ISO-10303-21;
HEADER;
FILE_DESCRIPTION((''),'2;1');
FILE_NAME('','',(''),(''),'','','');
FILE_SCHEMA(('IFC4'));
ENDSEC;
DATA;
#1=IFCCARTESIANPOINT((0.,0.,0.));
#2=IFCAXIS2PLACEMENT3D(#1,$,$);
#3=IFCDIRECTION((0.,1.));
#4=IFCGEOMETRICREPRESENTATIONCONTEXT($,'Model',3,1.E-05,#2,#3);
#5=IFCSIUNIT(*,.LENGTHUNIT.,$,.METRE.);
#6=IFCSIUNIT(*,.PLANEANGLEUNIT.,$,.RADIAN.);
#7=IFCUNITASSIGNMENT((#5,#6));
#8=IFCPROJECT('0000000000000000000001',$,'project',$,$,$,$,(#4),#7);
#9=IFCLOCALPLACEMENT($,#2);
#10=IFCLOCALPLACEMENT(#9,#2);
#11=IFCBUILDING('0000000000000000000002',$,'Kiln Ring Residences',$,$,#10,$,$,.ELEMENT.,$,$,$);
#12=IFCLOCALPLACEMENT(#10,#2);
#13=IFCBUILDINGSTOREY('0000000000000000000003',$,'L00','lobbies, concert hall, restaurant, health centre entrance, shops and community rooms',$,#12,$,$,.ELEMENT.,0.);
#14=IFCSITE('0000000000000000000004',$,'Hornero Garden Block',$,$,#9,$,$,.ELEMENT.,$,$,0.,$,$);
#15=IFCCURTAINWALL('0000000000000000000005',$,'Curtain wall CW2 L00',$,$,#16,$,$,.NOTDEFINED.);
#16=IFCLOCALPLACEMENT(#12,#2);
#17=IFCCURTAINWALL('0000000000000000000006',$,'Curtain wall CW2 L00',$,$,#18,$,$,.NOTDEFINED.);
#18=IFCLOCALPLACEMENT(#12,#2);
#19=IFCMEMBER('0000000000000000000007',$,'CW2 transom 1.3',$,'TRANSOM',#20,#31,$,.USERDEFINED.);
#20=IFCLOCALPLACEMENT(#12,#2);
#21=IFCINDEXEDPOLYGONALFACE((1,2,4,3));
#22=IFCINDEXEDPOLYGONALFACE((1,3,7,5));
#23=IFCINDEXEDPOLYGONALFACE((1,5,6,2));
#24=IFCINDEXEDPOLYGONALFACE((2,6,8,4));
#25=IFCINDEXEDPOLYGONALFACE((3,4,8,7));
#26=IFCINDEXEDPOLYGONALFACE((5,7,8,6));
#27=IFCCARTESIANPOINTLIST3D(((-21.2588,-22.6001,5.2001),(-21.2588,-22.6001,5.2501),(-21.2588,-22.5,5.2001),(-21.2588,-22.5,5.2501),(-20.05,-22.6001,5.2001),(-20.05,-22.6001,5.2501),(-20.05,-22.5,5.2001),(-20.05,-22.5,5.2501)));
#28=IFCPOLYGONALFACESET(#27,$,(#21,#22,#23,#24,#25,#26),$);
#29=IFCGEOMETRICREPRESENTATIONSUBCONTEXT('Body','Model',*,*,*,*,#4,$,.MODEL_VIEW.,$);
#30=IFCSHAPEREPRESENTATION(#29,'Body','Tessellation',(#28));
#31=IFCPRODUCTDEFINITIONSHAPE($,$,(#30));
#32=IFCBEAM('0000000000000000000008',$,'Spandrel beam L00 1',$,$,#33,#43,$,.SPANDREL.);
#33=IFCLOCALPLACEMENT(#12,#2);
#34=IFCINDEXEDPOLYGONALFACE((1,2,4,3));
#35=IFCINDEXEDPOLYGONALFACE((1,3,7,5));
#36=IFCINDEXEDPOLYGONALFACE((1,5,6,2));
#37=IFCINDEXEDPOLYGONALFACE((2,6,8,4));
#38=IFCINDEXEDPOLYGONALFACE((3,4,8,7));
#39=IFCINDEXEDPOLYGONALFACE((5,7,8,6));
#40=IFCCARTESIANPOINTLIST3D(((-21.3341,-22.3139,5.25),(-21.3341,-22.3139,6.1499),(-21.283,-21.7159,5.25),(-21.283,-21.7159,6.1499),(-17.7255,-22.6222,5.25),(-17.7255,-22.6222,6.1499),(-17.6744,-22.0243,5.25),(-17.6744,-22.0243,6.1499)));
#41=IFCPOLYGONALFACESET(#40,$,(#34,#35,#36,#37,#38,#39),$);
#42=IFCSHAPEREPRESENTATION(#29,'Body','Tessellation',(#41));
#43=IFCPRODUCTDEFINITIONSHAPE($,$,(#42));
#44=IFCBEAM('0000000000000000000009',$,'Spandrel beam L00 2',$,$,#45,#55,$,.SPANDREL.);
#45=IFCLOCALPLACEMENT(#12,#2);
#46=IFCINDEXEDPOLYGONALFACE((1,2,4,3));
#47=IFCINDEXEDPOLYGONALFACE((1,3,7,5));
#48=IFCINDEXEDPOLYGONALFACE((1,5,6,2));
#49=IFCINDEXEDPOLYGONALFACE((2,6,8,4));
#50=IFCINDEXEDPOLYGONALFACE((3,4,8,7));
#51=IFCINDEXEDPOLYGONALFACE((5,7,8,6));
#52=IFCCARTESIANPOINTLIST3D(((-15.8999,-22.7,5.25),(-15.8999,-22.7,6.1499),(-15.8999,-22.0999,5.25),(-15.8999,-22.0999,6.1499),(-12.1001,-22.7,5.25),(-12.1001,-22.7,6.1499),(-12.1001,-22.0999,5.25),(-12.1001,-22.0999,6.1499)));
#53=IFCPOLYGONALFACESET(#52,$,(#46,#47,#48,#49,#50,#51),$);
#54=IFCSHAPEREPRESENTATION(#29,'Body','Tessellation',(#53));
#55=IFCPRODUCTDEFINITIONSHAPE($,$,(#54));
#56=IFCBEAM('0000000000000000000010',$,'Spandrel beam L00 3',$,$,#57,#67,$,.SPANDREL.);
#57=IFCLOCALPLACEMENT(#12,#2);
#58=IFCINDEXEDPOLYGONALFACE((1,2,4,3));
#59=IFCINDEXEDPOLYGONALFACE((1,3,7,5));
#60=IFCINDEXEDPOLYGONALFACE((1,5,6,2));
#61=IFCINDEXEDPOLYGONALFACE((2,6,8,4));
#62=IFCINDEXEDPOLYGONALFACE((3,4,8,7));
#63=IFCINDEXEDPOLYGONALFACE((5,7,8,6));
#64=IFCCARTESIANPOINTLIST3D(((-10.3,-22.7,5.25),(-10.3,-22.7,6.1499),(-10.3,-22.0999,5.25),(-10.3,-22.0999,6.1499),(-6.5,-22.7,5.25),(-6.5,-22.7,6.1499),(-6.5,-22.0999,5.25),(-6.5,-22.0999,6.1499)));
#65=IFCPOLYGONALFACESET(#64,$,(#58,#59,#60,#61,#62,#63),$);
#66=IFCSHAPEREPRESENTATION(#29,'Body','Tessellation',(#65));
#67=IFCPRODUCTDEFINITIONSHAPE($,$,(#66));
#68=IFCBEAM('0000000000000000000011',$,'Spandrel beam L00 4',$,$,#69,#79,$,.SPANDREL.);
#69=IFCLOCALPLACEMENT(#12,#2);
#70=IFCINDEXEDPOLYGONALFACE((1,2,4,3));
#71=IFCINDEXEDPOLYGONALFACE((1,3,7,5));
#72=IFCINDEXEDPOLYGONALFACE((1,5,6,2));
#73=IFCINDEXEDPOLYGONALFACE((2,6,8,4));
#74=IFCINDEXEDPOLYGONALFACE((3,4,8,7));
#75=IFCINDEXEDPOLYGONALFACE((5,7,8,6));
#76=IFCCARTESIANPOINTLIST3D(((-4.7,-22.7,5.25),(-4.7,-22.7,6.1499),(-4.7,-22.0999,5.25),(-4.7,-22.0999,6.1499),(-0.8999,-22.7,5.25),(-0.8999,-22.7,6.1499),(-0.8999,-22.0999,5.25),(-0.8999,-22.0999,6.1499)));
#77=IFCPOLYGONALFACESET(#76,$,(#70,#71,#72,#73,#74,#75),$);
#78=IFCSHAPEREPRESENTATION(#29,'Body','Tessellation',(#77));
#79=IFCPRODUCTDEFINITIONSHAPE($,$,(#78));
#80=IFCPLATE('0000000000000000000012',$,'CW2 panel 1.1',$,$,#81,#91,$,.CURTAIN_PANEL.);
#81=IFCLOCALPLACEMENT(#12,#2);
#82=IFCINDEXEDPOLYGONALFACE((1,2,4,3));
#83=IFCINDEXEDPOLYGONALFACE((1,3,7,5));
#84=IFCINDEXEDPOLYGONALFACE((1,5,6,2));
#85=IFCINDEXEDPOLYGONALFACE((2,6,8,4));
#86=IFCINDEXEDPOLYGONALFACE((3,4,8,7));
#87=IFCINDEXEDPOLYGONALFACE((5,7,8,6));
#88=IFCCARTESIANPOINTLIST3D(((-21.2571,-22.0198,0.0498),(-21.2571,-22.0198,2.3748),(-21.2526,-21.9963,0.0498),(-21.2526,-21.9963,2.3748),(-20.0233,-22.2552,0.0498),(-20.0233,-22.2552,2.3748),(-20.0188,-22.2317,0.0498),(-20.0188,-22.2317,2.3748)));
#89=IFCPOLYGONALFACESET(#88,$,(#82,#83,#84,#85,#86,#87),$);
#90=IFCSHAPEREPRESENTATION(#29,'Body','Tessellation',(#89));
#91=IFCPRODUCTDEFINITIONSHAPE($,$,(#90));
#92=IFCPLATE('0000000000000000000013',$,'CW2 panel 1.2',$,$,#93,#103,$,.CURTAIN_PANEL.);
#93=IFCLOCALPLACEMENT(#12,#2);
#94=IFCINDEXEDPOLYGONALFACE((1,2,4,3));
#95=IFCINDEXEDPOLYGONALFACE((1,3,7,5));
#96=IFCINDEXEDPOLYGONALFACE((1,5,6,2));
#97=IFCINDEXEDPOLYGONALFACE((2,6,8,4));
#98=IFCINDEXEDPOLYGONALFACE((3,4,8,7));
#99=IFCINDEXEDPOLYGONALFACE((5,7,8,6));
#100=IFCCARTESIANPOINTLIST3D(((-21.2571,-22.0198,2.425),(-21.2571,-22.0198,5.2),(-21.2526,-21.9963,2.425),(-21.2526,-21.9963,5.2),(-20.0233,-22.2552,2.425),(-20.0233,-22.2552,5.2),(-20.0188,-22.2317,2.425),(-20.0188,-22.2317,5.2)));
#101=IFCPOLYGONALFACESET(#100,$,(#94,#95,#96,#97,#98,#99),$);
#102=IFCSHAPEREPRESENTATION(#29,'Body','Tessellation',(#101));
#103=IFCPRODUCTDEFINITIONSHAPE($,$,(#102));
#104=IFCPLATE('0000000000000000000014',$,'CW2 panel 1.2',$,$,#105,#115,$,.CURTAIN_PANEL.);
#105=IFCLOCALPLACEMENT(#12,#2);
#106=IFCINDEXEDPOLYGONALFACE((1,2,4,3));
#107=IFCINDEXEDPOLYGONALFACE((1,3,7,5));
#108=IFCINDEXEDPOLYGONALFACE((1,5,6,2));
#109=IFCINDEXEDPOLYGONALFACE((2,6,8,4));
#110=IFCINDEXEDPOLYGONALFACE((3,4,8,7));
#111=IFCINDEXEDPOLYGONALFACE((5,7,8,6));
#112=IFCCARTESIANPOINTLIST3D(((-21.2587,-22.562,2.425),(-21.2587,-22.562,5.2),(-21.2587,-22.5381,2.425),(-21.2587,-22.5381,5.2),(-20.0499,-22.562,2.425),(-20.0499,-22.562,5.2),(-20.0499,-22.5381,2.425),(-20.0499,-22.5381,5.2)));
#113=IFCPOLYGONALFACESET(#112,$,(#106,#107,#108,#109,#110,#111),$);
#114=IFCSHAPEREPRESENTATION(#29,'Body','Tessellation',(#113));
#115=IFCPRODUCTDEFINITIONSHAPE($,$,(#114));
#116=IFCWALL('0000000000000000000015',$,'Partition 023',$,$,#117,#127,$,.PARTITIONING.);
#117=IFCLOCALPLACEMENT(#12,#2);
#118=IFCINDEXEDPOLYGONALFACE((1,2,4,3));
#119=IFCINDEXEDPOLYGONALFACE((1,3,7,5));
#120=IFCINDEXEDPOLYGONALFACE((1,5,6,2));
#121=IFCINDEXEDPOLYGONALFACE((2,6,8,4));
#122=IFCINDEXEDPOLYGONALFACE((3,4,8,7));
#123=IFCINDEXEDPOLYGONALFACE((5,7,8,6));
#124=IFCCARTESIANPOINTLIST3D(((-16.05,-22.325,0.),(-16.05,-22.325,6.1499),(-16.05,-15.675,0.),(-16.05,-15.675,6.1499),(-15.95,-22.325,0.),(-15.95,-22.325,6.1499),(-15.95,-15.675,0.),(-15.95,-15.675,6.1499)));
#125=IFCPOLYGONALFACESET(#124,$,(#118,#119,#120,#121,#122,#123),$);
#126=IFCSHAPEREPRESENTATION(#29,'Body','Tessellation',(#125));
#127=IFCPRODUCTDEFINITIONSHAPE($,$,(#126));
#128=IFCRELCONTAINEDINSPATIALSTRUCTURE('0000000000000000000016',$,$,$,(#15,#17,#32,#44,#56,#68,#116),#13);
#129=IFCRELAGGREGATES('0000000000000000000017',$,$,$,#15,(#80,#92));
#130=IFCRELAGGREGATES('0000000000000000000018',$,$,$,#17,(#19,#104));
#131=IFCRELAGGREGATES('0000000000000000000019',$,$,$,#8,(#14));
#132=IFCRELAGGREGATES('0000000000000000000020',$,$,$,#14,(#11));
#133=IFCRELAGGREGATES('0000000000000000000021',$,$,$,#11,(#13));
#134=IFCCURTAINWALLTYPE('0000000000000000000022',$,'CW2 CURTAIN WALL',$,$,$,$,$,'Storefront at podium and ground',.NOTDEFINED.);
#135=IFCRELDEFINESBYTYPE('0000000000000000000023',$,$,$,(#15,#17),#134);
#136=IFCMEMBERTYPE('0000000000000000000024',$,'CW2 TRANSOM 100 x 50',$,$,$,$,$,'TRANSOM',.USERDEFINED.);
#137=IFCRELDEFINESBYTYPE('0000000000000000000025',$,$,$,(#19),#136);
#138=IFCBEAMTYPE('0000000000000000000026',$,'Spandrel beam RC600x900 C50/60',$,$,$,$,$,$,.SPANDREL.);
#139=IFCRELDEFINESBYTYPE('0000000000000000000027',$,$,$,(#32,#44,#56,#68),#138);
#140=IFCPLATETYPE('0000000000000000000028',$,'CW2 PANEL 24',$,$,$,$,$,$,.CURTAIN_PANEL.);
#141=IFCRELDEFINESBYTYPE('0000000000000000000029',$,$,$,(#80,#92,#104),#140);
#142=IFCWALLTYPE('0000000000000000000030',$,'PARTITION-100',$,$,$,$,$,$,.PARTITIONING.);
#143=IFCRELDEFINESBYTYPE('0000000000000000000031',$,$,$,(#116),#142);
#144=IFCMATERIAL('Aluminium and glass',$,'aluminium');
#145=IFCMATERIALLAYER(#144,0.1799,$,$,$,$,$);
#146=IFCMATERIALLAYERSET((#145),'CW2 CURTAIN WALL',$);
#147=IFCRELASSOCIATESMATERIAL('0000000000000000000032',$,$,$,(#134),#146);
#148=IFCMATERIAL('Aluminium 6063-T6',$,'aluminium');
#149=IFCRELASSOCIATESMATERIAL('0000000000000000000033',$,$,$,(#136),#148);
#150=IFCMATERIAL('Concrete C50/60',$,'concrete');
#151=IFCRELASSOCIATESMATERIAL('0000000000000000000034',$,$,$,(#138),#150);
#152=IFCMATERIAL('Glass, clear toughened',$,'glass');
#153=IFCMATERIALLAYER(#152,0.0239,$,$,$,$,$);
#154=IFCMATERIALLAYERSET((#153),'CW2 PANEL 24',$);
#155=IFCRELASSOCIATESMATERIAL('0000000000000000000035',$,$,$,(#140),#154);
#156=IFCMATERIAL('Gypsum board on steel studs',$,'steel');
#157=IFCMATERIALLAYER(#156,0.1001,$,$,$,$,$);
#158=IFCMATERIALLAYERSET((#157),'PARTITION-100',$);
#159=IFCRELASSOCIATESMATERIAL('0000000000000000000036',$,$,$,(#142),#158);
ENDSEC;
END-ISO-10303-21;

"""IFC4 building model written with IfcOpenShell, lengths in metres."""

from ifc_helpers import new_model, si_unit, direction, frame, frame_2d, origin, origin_2d, place, context, subcontext, project, spatial, rectangle, extrude, material, layer, layer_set, material_profile, profile_set, type_object, element, aggregate, save


model = new_model("IFC4")

# Units and contexts
model_context = context("Model", 3, precision=1e-05, world=origin(), true_north=direction((0.0, 1.0)))
body_context = subcontext(model_context, "Body", "Model", "MODEL_VIEW")
ifc_project = project(units=[si_unit("LENGTHUNIT", "METRE"), si_unit("PLANEANGLEUNIT", "RADIAN")], contexts=[model_context])

# Site, building, storey
site_placement = place(None, origin())
site = spatial("IfcSite", under=ifc_project, at=site_placement, Name="Hornero Garden Block", CompositionType="ELEMENT", RefElevation=0.0)
building_placement = place(site_placement, origin())
building = spatial("IfcBuilding", under=site, at=building_placement, Name="Kiln Ring Residences", CompositionType="ELEMENT")
storey_placement = place(building_placement, origin())
storey = spatial("IfcBuildingStorey", under=building, at=storey_placement, Name="L00", Description="lobbies, concert hall, restaurant, health centre entrance, shops and community rooms", CompositionType="ELEMENT", Elevation=0.0)

# Curtain wall
ifc_material_1 = material(Name="Aluminium and glass", Category="aluminium")
ifc_layer_1 = layer(ifc_material_1, 0.1799)
ifc_layer_set_1 = layer_set([ifc_layer_1], Name="CW2 CURTAIN WALL")
curtain_wall_type = type_object("IfcCurtainWallType", Name="CW2 CURTAIN WALL", ElementType="Storefront at podium and ground", PredefinedType="NOTDEFINED", material=ifc_layer_set_1)
placement = place(storey_placement, origin())
curtain_wall_1 = element("IfcCurtainWall", 1, at=placement, inside=storey, type_object=curtain_wall_type, Name="Curtain wall CW2 L00", PredefinedType="NOTDEFINED")

# Curtain wall
curtain_wall_2 = element("IfcCurtainWall", 2, at=placement, inside=storey, type_object=curtain_wall_type, Name="Curtain wall CW2 L00", PredefinedType="NOTDEFINED")

# Member
ifc_material_2 = material(Name="Aluminium 6063-T6", Category="aluminium")
ifc_material_profile_1 = material_profile(ifc_material_2, rectangle(XDim=0.1001, YDim=0.05, at=origin_2d()), Name="AL 100x50")
ifc_profile_set_1 = profile_set([ifc_material_profile_1], Name="Aluminium 6063-T6")
member_type_1 = type_object("IfcMemberType", Name="CW2 TRANSOM 100 x 50", ElementType="TRANSOM", PredefinedType="USERDEFINED", material=ifc_profile_set_1)
member_1_placement = place(storey_placement, frame((-20.05, -22.55, 5.2251), z_axis=(-1.0, 0.0, 0.0), x_axis=(0.0, -1.0, 0.0)))
member_1 = element("IfcMember", 3, at=member_1_placement, type_object=member_type_1, Name="CW2 transom 1.3", ObjectType="TRANSOM", PredefinedType="USERDEFINED", context=body_context, shape_type="SweptSolid", body=[
    extrude(rectangle(XDim=0.1001, YDim=0.05, at=origin_2d()), origin(), (0.0, 0.0, 1.0), 1.2087),
])

# Beams
ifc_material_3 = material(Name="Concrete C50/60", Category="concrete")
ifc_material_profile_2 = material_profile(ifc_material_3, rectangle(XDim=0.6001, YDim=0.8999, at=origin_2d()), Name="RC600x900")
ifc_profile_set_2 = profile_set([ifc_material_profile_2], Name="Concrete C50/60")
beam_type = type_object("IfcBeamType", Name="Spandrel beam RC600x900 C50/60", PredefinedType="SPANDREL", material=ifc_profile_set_2)
beam_1_placement = place(storey_placement, frame((-21.3086, -22.0149, 5.7), z_axis=(0.996369, -0.085137, 0.0), x_axis=(0.085137, 0.996369, 0.0)))
element("IfcBeam", 4, at=beam_1_placement, inside=storey, type_object=beam_type, Name="Spandrel beam L00 1", PredefinedType="SPANDREL", context=body_context, shape_type="SweptSolid", body=[
    extrude(rectangle(XDim=0.6001, YDim=0.8999, at=origin_2d()), origin(), (0.0, 0.0, 1.0), 3.6218),
])
beam_2_placement = place(storey_placement, frame((-15.8999, -22.3999, 5.7), z_axis=(1.0, 0.0, 0.0), x_axis=(0.0, 1.0, 0.0)))
element("IfcBeam", 5, at=beam_2_placement, inside=storey, type_object=beam_type, Name="Spandrel beam L00 2", PredefinedType="SPANDREL", context=body_context, shape_type="SweptSolid", body=[
    extrude(rectangle(XDim=0.6001, YDim=0.8999, at=origin_2d()), origin(), (0.0, 0.0, 1.0), 3.7998),
])
for number, where, z_axis, x_axis, name in (
    (6, (-10.3, -22.3999, 5.7), (1.0, 0.0, 0.0), (0.0, 1.0, 0.0), "Spandrel beam L00 3"),
    (7, (-4.7, -22.3999, 5.7), (1.0, 0.0, 0.0), (0.0, 1.0, 0.0), "Spandrel beam L00 4"),
):
    element("IfcBeam", number, at=place(storey_placement, frame(where, z_axis=z_axis, x_axis=x_axis)), inside=storey, type_object=beam_type, Name=name, PredefinedType="SPANDREL", context=body_context, shape_type="SweptSolid", body=[
        extrude(rectangle(XDim=0.6001, YDim=0.8999, at=origin_2d()), origin(), (0.0, 0.0, 1.0), 3.8),
    ])

# Plates
ifc_material_4 = material(Name="Glass, clear toughened", Category="glass")
ifc_layer_2 = layer(ifc_material_4, 0.0239)
ifc_layer_set_2 = layer_set([ifc_layer_2], Name="CW2 PANEL 24")
plate_type = type_object("IfcPlateType", Name="CW2 PANEL 24", PredefinedType="CURTAIN_PANEL", material=ifc_layer_set_2)
plate_1_placement = place(storey_placement, frame((-20.6379, -22.1257, 0.0498), z_axis=(0.0, 0.0, 1.0), x_axis=(0.98229, -0.187366, 0.0)))
plate_1 = element("IfcPlate", 8, at=plate_1_placement, type_object=plate_type, Name="CW2 panel 1.1", PredefinedType="CURTAIN_PANEL", context=body_context, shape_type="SweptSolid", body=[
    extrude(rectangle(XDim=1.2561, YDim=0.0239, at=origin_2d()), origin(), (0.0, 0.0, 1.0), 2.325),
])
plate_2_placement = place(storey_placement, frame((-20.6379, -22.1257, 2.425), z_axis=(0.0, 0.0, 1.0), x_axis=(0.98229, -0.187366, 0.0)))
plate_2 = element("IfcPlate", 9, at=plate_2_placement, type_object=plate_type, Name="CW2 panel 1.2", PredefinedType="CURTAIN_PANEL", context=body_context, shape_type="SweptSolid", body=[
    extrude(rectangle(XDim=1.2561, YDim=0.0239, at=origin_2d()), origin(), (0.0, 0.0, 1.0), 2.7749),
])
aggregate(curtain_wall_1, [plate_1, plate_2])
plate_3_placement = place(storey_placement, frame((-20.6543, -22.55, 2.425), z_axis=(0.0, 0.0, 1.0), x_axis=(-1.0, 0.0, 0.0)))
plate_3 = element("IfcPlate", 10, at=plate_3_placement, type_object=plate_type, Name="CW2 panel 1.2", PredefinedType="CURTAIN_PANEL", context=body_context, shape_type="SweptSolid", body=[
    extrude(rectangle(XDim=1.2087, YDim=0.0239, at=origin_2d()), origin(), (0.0, 0.0, 1.0), 2.7749),
])
aggregate(curtain_wall_2, [member_1, plate_3])

# Wall
ifc_material_5 = material(Name="Gypsum board on steel studs", Category="steel")
ifc_layer_3 = layer(ifc_material_5, 0.1001)
ifc_layer_set_3 = layer_set([ifc_layer_3], Name="PARTITION-100")
wall_type_1 = type_object("IfcWallType", Name="PARTITION-100", PredefinedType="PARTITIONING", material=ifc_layer_set_3)
wall_1_placement = place(storey_placement, frame((-16.0, -22.325, 0.0), z_axis=(0.0, 0.0, 1.0), x_axis=(0.0, 1.0, 0.0)))
element("IfcWall", 11, at=wall_1_placement, inside=storey, type_object=wall_type_1, Name="Partition 023", PredefinedType="PARTITIONING", context=body_context, shape_type="SweptSolid", body=[
    extrude(rectangle(XDim=6.6499, YDim=0.1001, at=frame_2d((3.325, 0.0))), origin(), (0.0, 0.0, 1.0), 6.1499),
])

save(model, "model.ifc")
